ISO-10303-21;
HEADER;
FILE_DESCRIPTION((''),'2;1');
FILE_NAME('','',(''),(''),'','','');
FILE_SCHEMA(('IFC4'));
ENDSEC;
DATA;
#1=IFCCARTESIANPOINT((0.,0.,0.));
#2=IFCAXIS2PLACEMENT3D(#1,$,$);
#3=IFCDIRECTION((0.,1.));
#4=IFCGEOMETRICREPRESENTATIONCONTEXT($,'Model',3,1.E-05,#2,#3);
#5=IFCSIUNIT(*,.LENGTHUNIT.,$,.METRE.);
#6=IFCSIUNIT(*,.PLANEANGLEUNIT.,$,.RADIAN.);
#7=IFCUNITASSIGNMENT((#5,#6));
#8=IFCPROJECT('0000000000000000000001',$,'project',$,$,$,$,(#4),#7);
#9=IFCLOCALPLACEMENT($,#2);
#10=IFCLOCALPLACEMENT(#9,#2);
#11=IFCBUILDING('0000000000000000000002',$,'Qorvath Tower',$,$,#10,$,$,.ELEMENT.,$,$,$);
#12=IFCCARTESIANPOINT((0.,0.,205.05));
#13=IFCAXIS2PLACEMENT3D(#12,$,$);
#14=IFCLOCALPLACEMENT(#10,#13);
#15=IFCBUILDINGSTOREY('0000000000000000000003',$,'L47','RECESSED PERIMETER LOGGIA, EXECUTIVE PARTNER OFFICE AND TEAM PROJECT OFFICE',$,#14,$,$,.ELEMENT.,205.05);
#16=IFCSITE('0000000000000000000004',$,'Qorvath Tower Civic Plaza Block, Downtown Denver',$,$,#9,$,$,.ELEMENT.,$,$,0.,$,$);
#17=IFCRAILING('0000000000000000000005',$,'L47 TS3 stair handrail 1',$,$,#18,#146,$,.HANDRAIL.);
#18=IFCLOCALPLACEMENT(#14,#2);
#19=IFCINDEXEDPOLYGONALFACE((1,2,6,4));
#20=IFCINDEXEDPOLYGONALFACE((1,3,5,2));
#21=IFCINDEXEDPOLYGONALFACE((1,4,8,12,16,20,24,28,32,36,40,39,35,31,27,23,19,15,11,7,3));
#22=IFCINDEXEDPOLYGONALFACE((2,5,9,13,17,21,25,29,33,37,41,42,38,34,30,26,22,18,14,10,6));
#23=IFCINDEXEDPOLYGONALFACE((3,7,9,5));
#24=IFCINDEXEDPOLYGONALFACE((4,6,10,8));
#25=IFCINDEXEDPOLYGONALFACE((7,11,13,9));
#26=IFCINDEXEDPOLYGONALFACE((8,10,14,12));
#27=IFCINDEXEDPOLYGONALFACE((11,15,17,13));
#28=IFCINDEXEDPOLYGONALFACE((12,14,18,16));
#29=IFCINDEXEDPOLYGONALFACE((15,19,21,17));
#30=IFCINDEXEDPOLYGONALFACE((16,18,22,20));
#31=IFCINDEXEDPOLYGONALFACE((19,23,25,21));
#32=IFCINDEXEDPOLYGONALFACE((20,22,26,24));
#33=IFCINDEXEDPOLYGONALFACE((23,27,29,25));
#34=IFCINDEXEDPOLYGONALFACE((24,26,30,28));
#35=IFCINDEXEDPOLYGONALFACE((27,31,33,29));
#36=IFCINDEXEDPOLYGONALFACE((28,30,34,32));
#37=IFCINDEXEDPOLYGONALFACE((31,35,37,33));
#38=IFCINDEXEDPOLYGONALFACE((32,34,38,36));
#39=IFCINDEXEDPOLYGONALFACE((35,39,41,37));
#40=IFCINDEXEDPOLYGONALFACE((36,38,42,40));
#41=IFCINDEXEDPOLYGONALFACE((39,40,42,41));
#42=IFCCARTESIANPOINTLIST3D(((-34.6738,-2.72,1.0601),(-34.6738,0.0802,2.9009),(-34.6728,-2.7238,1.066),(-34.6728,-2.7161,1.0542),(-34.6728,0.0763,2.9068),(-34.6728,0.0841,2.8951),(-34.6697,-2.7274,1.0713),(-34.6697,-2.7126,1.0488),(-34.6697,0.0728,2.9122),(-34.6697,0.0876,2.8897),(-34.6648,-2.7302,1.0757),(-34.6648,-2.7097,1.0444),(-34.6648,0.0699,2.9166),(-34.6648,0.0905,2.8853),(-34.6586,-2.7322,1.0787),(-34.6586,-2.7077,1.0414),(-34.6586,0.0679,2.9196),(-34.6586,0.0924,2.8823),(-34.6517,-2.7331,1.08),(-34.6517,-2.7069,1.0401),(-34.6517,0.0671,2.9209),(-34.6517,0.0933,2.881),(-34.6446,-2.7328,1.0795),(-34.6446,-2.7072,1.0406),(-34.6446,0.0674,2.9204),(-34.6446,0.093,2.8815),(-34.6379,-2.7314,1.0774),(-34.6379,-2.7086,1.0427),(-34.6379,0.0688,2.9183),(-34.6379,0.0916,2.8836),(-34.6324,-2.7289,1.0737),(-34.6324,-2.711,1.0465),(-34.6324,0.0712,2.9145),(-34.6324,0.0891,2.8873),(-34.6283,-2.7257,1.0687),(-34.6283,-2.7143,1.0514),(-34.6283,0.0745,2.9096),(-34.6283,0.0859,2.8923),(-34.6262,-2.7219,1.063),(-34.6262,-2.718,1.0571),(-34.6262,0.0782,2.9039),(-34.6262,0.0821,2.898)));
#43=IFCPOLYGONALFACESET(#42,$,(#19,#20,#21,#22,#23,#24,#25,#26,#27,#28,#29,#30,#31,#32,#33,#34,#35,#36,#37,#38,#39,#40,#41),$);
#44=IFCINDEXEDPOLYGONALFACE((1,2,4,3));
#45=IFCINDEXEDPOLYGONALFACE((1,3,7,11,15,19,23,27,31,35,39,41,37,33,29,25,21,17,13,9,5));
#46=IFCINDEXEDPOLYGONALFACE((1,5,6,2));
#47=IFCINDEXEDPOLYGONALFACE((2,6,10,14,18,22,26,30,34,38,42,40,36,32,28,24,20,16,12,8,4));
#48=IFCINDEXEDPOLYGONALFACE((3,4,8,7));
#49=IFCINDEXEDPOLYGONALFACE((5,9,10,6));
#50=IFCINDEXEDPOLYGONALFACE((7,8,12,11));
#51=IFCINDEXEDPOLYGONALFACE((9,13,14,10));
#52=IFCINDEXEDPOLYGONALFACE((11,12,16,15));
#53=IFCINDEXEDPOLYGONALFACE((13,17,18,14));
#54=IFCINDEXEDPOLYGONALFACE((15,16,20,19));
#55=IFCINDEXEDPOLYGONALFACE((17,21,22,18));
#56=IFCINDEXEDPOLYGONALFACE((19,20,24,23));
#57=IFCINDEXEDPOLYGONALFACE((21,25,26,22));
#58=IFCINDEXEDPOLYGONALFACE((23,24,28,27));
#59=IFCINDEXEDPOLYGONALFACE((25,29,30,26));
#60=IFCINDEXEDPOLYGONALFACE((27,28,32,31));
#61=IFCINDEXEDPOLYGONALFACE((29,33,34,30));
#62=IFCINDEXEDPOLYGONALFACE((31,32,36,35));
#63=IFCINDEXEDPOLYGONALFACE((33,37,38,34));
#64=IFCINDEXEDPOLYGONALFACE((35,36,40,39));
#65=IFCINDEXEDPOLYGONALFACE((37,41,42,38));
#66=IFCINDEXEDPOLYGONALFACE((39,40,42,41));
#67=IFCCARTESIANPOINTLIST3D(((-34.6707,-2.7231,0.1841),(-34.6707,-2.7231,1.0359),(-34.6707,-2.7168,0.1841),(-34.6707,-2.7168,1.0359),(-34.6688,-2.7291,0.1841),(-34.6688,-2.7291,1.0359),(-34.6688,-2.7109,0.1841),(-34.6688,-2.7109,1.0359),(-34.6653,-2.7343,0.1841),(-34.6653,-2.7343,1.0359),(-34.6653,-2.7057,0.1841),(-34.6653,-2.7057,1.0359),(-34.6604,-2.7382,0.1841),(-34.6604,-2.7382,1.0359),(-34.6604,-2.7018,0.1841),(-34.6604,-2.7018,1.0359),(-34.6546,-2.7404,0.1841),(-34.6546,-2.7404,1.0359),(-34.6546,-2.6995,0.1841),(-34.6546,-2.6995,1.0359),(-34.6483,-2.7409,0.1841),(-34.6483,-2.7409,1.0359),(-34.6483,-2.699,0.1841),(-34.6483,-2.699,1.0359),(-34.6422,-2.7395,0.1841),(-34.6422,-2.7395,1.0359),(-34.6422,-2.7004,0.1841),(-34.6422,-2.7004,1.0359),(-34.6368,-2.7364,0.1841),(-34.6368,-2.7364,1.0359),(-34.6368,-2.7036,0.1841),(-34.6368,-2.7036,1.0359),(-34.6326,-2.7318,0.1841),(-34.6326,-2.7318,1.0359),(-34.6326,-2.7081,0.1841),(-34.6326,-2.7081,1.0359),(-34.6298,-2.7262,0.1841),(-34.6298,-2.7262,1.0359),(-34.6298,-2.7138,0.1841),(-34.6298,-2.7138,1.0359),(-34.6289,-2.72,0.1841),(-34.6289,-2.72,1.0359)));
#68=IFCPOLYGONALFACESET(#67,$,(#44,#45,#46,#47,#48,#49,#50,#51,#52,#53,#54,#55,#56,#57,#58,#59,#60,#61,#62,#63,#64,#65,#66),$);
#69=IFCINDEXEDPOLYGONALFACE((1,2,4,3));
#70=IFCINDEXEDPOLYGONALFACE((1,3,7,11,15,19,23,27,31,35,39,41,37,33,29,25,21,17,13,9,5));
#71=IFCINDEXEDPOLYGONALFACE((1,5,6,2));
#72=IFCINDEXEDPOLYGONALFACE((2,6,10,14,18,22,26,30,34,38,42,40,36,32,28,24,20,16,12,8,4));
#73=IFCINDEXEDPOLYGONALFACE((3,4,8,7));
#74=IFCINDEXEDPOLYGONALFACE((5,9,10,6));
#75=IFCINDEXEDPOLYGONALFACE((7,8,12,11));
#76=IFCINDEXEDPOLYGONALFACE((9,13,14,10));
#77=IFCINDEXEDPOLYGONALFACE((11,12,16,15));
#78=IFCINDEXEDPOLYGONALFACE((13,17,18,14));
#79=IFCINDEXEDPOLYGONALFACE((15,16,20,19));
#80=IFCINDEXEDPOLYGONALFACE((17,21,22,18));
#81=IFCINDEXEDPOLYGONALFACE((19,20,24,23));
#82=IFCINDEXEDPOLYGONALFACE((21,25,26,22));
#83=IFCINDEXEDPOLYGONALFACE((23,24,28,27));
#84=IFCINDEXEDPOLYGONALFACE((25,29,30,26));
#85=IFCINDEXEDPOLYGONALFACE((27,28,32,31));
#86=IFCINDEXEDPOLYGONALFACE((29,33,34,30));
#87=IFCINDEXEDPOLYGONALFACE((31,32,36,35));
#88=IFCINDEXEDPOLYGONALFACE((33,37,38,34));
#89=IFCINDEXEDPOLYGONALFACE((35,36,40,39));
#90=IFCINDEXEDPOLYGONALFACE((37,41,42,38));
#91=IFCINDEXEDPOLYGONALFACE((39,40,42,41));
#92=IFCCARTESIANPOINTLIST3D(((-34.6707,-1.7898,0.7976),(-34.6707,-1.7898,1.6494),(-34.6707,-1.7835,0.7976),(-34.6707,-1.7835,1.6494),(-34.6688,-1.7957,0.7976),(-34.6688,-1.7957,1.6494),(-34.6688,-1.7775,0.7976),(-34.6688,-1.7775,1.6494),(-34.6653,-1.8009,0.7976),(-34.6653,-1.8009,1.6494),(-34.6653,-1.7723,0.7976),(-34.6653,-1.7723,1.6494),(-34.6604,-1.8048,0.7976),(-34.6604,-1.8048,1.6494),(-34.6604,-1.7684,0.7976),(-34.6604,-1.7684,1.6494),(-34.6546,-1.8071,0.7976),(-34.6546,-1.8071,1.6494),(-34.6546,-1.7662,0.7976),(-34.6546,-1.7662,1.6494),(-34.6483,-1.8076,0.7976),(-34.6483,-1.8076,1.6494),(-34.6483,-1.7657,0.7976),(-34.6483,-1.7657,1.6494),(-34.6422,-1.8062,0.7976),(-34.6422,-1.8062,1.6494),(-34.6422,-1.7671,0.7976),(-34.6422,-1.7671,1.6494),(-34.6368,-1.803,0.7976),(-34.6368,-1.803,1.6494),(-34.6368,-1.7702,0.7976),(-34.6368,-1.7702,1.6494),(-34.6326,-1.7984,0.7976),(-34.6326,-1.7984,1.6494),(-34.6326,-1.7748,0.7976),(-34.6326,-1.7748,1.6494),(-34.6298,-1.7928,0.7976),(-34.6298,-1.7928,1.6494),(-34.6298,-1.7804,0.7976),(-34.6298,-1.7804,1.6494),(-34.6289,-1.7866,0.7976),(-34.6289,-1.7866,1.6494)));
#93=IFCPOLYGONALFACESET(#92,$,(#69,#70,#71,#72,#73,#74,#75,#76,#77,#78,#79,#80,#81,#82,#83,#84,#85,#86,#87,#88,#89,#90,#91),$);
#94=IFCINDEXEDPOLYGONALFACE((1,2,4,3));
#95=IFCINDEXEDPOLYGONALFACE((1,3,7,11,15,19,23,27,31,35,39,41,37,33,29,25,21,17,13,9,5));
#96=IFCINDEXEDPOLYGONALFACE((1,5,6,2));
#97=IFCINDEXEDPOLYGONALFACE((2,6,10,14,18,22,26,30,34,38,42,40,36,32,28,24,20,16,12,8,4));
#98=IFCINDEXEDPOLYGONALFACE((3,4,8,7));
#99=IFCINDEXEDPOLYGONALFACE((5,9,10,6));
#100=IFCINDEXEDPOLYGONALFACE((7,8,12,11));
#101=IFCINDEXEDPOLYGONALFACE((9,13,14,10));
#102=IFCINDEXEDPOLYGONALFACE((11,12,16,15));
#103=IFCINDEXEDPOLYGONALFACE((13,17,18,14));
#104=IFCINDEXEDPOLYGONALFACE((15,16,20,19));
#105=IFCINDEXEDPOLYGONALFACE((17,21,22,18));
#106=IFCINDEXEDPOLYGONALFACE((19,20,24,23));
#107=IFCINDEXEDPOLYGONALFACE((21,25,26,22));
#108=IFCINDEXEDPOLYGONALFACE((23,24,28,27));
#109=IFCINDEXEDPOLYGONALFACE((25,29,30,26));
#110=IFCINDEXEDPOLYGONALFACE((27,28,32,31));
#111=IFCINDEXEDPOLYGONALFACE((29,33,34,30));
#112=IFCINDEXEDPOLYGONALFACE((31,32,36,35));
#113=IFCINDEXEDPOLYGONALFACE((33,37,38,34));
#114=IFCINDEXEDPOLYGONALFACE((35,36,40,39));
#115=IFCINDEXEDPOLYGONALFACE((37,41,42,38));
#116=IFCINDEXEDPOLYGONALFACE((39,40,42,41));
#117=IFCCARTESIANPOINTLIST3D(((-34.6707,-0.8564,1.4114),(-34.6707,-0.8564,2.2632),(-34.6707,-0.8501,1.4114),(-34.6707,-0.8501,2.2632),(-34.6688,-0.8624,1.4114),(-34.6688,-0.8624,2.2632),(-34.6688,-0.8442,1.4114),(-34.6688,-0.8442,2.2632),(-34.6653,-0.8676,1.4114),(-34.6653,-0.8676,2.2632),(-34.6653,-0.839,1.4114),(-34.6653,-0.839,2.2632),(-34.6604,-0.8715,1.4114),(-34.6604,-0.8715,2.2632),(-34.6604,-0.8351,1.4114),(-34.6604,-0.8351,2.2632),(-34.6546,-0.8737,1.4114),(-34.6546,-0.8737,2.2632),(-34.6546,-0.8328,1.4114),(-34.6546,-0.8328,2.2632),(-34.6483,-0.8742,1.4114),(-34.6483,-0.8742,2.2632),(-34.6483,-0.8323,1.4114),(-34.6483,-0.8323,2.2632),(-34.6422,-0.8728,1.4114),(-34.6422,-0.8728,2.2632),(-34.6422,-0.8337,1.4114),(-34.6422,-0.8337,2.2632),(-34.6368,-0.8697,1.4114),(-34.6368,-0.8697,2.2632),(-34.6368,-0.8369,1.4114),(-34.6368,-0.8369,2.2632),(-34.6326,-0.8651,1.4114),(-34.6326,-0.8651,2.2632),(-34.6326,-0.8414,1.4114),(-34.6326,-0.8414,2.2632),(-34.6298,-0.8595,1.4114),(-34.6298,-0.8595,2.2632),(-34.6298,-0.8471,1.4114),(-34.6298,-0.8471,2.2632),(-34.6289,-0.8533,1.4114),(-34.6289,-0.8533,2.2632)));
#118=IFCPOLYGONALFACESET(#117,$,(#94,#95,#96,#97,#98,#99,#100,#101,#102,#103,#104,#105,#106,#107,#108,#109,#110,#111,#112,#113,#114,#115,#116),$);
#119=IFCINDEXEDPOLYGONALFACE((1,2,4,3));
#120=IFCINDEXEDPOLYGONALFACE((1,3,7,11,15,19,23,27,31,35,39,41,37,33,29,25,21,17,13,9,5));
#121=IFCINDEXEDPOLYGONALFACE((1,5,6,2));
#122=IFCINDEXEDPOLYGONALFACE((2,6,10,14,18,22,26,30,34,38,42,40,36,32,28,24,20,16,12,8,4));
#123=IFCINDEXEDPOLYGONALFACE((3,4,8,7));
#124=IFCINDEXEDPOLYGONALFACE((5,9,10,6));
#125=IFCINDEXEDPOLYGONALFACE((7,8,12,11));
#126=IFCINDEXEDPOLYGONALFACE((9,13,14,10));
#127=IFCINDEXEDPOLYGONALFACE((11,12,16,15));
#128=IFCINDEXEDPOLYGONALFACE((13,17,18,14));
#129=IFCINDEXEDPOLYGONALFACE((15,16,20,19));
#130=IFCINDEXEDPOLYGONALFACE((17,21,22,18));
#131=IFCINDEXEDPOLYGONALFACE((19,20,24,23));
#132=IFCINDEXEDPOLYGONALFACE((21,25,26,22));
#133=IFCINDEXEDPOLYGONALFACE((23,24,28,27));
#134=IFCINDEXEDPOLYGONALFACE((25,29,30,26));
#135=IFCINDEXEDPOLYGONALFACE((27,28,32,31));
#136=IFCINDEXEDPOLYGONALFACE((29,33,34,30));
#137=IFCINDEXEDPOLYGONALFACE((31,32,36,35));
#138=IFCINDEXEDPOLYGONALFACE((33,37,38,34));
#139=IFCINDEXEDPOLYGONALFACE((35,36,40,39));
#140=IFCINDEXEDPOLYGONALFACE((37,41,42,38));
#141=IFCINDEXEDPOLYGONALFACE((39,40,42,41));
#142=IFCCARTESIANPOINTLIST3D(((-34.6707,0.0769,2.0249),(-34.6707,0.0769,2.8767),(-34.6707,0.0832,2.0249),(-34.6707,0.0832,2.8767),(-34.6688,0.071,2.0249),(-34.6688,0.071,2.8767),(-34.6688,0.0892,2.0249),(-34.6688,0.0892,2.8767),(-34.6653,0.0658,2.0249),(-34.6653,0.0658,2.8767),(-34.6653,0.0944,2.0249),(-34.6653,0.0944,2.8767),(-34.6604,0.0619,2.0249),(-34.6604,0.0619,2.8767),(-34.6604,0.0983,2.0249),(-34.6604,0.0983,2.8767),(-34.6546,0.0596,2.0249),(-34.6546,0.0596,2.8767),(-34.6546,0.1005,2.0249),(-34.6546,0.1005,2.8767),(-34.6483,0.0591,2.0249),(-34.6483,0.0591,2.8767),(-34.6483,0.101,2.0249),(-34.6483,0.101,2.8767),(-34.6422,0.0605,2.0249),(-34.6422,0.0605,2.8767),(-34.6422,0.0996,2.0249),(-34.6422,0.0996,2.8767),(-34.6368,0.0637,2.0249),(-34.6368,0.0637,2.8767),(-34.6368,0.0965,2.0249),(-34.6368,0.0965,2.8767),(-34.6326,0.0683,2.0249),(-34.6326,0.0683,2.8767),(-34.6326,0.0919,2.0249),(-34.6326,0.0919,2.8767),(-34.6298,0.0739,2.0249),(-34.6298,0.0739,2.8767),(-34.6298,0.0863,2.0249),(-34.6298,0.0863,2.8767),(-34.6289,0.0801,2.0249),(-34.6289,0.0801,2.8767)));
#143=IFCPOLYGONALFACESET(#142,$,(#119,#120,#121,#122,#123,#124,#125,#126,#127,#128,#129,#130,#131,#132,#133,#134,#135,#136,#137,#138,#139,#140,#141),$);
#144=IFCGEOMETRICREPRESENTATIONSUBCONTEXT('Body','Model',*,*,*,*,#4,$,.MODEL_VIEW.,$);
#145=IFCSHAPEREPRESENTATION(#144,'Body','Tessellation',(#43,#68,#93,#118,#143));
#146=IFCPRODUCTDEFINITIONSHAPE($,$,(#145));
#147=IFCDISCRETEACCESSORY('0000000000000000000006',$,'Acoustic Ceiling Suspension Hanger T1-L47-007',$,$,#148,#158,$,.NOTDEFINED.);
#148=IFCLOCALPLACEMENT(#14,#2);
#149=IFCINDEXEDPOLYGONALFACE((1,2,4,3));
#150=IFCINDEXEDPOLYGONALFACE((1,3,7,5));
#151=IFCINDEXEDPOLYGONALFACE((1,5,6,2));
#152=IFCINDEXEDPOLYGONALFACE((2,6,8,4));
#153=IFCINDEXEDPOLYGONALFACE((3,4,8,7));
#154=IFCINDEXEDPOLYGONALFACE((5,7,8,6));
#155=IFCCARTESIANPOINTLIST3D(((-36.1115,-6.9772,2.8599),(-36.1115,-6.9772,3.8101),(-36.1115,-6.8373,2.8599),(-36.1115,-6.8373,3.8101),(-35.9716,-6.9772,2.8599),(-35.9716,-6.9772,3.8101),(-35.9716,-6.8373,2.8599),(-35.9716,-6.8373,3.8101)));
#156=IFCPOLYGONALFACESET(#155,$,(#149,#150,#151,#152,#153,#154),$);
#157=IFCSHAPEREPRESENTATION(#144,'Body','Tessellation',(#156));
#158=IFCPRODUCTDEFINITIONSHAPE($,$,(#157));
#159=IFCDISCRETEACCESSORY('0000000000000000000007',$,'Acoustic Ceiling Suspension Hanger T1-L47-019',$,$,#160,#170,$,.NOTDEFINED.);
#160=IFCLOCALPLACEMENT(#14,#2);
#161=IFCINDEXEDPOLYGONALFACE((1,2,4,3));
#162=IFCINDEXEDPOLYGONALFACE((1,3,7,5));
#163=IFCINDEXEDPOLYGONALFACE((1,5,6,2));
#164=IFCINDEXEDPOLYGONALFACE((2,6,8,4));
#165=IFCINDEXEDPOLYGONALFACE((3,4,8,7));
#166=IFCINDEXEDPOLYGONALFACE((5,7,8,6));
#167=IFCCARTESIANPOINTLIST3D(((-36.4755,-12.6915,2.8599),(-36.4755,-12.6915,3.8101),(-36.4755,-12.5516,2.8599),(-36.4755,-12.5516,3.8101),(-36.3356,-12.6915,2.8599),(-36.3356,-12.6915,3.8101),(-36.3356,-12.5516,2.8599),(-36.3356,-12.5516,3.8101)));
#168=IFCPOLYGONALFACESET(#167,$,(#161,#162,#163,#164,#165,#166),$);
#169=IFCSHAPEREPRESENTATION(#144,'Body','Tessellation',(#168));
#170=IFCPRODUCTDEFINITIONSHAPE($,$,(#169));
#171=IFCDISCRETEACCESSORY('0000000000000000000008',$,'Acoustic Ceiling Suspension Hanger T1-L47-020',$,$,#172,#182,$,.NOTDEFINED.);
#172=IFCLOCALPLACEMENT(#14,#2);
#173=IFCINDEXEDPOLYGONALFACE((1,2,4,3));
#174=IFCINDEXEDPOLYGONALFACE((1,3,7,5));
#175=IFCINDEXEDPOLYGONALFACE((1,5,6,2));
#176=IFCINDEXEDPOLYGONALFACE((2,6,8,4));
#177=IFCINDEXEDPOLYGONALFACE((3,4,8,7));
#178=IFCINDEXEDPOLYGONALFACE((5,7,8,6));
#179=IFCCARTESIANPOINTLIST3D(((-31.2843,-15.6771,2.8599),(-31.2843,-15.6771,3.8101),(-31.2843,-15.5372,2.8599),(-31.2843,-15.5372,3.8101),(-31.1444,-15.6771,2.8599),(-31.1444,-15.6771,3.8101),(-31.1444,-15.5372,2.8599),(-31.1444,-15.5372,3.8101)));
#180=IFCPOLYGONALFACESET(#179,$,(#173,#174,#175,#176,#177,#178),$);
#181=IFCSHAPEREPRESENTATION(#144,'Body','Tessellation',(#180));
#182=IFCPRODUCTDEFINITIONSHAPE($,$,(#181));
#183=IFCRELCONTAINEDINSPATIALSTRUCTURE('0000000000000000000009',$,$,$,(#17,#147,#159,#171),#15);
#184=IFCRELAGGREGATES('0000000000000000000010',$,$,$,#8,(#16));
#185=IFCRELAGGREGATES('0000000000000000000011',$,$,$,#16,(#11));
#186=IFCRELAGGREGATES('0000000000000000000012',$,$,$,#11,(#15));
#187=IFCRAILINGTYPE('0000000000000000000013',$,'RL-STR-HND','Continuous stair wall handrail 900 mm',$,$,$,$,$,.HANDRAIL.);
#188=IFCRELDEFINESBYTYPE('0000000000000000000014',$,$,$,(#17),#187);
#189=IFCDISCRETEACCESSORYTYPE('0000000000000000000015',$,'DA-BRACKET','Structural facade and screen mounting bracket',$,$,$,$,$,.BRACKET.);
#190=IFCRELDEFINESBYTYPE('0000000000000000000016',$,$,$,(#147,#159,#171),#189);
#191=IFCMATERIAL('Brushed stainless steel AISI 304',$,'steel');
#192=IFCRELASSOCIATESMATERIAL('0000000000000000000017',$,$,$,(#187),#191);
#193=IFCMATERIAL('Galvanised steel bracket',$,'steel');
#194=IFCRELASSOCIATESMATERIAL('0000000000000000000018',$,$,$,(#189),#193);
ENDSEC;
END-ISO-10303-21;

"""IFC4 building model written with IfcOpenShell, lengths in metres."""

from ifc_helpers import new_model, si_unit, direction, frame, origin, origin_2d, place, context, subcontext, project, spatial, rectangle, circle, extrude, material, type_object, element, save


model = new_model("IFC4")

# Units and contexts
model_context = context("Model", 3, precision=1e-05, world=origin(), true_north=direction((0.0, 1.0)))
body_context = subcontext(model_context, "Body", "Model", "MODEL_VIEW")
ifc_project = project(units=[si_unit("LENGTHUNIT", "METRE"), si_unit("PLANEANGLEUNIT", "RADIAN")], contexts=[model_context])

# Site, building, storey
site_placement = place(None, origin())
site = spatial("IfcSite", under=ifc_project, at=site_placement, Name="Qorvath Tower Civic Plaza Block, Downtown Denver", CompositionType="ELEMENT", RefElevation=0.0)
building_placement = place(site_placement, origin())
building = spatial("IfcBuilding", under=site, at=building_placement, Name="Qorvath Tower", CompositionType="ELEMENT")
storey_placement = place(building_placement, frame((0.0, 0.0, 205.05)))
storey = spatial("IfcBuildingStorey", under=building, at=storey_placement, Name="L47", Description="RECESSED PERIMETER LOGGIA, EXECUTIVE PARTNER OFFICE AND TEAM PROJECT OFFICE", CompositionType="ELEMENT", Elevation=205.05)

# Railing
ifc_material_1 = material(Name="Brushed stainless steel AISI 304", Category="steel")
railing_type_1 = type_object("IfcRailingType", Name="RL-STR-HND", Description="Continuous stair wall handrail 900 mm", PredefinedType="HANDRAIL", material=ifc_material_1)
railing_1_placement = place(storey_placement, frame((-34.6499, -2.72, 0.1841)))
element("IfcRailing", 1, at=railing_1_placement, inside=storey, type_object=railing_type_1, Name="L47 TS3 stair handrail 1", PredefinedType="HANDRAIL", context=body_context, shape_type="SweptSolid", body=[
    extrude(circle(Radius=0.0239, at=origin_2d()), frame((0.0, 0.0, 0.876), z_axis=(0.0, 0.835598, 0.549342), x_axis=(-1.0, 0.0, 0.0)), (0.0, 0.0, 1.0), 3.3511),
    extrude(circle(Radius=0.021, at=origin_2d()), origin(), (0.0, 0.0, 1.0), 0.8518),
    extrude(circle(Radius=0.021, at=origin_2d()), frame((0.0, 0.9333, 0.6135)), (0.0, 0.0, 1.0), 0.8518),
    extrude(circle(Radius=0.021, at=origin_2d()), frame((0.0, 1.8667, 1.2273)), (0.0, 0.0, 1.0), 0.8518),
    extrude(circle(Radius=0.021, at=origin_2d()), frame((0.0, 2.8, 1.8408)), (0.0, 0.0, 1.0), 0.8518),
])

# Discrete accessories
ifc_material_2 = material(Name="Galvanised steel bracket", Category="steel")
discrete_accessory_type = type_object("IfcDiscreteAccessoryType", Name="DA-BRACKET", Description="Structural facade and screen mounting bracket", PredefinedType="BRACKET", material=ifc_material_2)
for number, where, z_axis, x_axis, name in (
    (2, (-36.0415, -6.9072, 2.8599), (0.0, 0.0, 1.0), (1.0, 0.0, 0.0), "Acoustic Ceiling Suspension Hanger T1-L47-007"),
    (3, (-36.4055, -12.6216, 2.8599), (0.0, 0.0, 1.0), (1.0, 0.0, 0.0), "Acoustic Ceiling Suspension Hanger T1-L47-019"),
    (4, (-31.2144, -15.6072, 2.8599), (0.0, 0.0, 1.0), (1.0, 0.0, 0.0), "Acoustic Ceiling Suspension Hanger T1-L47-020"),
):
    element("IfcDiscreteAccessory", number, at=place(storey_placement, frame(where, z_axis=z_axis, x_axis=x_axis)), inside=storey, type_object=discrete_accessory_type, Name=name, PredefinedType="NOTDEFINED", context=body_context, shape_type="SweptSolid", body=[
        extrude(rectangle(XDim=0.1399, YDim=0.1399, at=origin_2d()), origin(), (0.0, 0.0, 1.0), 0.9502),
    ])

save(model, "model.ifc")
